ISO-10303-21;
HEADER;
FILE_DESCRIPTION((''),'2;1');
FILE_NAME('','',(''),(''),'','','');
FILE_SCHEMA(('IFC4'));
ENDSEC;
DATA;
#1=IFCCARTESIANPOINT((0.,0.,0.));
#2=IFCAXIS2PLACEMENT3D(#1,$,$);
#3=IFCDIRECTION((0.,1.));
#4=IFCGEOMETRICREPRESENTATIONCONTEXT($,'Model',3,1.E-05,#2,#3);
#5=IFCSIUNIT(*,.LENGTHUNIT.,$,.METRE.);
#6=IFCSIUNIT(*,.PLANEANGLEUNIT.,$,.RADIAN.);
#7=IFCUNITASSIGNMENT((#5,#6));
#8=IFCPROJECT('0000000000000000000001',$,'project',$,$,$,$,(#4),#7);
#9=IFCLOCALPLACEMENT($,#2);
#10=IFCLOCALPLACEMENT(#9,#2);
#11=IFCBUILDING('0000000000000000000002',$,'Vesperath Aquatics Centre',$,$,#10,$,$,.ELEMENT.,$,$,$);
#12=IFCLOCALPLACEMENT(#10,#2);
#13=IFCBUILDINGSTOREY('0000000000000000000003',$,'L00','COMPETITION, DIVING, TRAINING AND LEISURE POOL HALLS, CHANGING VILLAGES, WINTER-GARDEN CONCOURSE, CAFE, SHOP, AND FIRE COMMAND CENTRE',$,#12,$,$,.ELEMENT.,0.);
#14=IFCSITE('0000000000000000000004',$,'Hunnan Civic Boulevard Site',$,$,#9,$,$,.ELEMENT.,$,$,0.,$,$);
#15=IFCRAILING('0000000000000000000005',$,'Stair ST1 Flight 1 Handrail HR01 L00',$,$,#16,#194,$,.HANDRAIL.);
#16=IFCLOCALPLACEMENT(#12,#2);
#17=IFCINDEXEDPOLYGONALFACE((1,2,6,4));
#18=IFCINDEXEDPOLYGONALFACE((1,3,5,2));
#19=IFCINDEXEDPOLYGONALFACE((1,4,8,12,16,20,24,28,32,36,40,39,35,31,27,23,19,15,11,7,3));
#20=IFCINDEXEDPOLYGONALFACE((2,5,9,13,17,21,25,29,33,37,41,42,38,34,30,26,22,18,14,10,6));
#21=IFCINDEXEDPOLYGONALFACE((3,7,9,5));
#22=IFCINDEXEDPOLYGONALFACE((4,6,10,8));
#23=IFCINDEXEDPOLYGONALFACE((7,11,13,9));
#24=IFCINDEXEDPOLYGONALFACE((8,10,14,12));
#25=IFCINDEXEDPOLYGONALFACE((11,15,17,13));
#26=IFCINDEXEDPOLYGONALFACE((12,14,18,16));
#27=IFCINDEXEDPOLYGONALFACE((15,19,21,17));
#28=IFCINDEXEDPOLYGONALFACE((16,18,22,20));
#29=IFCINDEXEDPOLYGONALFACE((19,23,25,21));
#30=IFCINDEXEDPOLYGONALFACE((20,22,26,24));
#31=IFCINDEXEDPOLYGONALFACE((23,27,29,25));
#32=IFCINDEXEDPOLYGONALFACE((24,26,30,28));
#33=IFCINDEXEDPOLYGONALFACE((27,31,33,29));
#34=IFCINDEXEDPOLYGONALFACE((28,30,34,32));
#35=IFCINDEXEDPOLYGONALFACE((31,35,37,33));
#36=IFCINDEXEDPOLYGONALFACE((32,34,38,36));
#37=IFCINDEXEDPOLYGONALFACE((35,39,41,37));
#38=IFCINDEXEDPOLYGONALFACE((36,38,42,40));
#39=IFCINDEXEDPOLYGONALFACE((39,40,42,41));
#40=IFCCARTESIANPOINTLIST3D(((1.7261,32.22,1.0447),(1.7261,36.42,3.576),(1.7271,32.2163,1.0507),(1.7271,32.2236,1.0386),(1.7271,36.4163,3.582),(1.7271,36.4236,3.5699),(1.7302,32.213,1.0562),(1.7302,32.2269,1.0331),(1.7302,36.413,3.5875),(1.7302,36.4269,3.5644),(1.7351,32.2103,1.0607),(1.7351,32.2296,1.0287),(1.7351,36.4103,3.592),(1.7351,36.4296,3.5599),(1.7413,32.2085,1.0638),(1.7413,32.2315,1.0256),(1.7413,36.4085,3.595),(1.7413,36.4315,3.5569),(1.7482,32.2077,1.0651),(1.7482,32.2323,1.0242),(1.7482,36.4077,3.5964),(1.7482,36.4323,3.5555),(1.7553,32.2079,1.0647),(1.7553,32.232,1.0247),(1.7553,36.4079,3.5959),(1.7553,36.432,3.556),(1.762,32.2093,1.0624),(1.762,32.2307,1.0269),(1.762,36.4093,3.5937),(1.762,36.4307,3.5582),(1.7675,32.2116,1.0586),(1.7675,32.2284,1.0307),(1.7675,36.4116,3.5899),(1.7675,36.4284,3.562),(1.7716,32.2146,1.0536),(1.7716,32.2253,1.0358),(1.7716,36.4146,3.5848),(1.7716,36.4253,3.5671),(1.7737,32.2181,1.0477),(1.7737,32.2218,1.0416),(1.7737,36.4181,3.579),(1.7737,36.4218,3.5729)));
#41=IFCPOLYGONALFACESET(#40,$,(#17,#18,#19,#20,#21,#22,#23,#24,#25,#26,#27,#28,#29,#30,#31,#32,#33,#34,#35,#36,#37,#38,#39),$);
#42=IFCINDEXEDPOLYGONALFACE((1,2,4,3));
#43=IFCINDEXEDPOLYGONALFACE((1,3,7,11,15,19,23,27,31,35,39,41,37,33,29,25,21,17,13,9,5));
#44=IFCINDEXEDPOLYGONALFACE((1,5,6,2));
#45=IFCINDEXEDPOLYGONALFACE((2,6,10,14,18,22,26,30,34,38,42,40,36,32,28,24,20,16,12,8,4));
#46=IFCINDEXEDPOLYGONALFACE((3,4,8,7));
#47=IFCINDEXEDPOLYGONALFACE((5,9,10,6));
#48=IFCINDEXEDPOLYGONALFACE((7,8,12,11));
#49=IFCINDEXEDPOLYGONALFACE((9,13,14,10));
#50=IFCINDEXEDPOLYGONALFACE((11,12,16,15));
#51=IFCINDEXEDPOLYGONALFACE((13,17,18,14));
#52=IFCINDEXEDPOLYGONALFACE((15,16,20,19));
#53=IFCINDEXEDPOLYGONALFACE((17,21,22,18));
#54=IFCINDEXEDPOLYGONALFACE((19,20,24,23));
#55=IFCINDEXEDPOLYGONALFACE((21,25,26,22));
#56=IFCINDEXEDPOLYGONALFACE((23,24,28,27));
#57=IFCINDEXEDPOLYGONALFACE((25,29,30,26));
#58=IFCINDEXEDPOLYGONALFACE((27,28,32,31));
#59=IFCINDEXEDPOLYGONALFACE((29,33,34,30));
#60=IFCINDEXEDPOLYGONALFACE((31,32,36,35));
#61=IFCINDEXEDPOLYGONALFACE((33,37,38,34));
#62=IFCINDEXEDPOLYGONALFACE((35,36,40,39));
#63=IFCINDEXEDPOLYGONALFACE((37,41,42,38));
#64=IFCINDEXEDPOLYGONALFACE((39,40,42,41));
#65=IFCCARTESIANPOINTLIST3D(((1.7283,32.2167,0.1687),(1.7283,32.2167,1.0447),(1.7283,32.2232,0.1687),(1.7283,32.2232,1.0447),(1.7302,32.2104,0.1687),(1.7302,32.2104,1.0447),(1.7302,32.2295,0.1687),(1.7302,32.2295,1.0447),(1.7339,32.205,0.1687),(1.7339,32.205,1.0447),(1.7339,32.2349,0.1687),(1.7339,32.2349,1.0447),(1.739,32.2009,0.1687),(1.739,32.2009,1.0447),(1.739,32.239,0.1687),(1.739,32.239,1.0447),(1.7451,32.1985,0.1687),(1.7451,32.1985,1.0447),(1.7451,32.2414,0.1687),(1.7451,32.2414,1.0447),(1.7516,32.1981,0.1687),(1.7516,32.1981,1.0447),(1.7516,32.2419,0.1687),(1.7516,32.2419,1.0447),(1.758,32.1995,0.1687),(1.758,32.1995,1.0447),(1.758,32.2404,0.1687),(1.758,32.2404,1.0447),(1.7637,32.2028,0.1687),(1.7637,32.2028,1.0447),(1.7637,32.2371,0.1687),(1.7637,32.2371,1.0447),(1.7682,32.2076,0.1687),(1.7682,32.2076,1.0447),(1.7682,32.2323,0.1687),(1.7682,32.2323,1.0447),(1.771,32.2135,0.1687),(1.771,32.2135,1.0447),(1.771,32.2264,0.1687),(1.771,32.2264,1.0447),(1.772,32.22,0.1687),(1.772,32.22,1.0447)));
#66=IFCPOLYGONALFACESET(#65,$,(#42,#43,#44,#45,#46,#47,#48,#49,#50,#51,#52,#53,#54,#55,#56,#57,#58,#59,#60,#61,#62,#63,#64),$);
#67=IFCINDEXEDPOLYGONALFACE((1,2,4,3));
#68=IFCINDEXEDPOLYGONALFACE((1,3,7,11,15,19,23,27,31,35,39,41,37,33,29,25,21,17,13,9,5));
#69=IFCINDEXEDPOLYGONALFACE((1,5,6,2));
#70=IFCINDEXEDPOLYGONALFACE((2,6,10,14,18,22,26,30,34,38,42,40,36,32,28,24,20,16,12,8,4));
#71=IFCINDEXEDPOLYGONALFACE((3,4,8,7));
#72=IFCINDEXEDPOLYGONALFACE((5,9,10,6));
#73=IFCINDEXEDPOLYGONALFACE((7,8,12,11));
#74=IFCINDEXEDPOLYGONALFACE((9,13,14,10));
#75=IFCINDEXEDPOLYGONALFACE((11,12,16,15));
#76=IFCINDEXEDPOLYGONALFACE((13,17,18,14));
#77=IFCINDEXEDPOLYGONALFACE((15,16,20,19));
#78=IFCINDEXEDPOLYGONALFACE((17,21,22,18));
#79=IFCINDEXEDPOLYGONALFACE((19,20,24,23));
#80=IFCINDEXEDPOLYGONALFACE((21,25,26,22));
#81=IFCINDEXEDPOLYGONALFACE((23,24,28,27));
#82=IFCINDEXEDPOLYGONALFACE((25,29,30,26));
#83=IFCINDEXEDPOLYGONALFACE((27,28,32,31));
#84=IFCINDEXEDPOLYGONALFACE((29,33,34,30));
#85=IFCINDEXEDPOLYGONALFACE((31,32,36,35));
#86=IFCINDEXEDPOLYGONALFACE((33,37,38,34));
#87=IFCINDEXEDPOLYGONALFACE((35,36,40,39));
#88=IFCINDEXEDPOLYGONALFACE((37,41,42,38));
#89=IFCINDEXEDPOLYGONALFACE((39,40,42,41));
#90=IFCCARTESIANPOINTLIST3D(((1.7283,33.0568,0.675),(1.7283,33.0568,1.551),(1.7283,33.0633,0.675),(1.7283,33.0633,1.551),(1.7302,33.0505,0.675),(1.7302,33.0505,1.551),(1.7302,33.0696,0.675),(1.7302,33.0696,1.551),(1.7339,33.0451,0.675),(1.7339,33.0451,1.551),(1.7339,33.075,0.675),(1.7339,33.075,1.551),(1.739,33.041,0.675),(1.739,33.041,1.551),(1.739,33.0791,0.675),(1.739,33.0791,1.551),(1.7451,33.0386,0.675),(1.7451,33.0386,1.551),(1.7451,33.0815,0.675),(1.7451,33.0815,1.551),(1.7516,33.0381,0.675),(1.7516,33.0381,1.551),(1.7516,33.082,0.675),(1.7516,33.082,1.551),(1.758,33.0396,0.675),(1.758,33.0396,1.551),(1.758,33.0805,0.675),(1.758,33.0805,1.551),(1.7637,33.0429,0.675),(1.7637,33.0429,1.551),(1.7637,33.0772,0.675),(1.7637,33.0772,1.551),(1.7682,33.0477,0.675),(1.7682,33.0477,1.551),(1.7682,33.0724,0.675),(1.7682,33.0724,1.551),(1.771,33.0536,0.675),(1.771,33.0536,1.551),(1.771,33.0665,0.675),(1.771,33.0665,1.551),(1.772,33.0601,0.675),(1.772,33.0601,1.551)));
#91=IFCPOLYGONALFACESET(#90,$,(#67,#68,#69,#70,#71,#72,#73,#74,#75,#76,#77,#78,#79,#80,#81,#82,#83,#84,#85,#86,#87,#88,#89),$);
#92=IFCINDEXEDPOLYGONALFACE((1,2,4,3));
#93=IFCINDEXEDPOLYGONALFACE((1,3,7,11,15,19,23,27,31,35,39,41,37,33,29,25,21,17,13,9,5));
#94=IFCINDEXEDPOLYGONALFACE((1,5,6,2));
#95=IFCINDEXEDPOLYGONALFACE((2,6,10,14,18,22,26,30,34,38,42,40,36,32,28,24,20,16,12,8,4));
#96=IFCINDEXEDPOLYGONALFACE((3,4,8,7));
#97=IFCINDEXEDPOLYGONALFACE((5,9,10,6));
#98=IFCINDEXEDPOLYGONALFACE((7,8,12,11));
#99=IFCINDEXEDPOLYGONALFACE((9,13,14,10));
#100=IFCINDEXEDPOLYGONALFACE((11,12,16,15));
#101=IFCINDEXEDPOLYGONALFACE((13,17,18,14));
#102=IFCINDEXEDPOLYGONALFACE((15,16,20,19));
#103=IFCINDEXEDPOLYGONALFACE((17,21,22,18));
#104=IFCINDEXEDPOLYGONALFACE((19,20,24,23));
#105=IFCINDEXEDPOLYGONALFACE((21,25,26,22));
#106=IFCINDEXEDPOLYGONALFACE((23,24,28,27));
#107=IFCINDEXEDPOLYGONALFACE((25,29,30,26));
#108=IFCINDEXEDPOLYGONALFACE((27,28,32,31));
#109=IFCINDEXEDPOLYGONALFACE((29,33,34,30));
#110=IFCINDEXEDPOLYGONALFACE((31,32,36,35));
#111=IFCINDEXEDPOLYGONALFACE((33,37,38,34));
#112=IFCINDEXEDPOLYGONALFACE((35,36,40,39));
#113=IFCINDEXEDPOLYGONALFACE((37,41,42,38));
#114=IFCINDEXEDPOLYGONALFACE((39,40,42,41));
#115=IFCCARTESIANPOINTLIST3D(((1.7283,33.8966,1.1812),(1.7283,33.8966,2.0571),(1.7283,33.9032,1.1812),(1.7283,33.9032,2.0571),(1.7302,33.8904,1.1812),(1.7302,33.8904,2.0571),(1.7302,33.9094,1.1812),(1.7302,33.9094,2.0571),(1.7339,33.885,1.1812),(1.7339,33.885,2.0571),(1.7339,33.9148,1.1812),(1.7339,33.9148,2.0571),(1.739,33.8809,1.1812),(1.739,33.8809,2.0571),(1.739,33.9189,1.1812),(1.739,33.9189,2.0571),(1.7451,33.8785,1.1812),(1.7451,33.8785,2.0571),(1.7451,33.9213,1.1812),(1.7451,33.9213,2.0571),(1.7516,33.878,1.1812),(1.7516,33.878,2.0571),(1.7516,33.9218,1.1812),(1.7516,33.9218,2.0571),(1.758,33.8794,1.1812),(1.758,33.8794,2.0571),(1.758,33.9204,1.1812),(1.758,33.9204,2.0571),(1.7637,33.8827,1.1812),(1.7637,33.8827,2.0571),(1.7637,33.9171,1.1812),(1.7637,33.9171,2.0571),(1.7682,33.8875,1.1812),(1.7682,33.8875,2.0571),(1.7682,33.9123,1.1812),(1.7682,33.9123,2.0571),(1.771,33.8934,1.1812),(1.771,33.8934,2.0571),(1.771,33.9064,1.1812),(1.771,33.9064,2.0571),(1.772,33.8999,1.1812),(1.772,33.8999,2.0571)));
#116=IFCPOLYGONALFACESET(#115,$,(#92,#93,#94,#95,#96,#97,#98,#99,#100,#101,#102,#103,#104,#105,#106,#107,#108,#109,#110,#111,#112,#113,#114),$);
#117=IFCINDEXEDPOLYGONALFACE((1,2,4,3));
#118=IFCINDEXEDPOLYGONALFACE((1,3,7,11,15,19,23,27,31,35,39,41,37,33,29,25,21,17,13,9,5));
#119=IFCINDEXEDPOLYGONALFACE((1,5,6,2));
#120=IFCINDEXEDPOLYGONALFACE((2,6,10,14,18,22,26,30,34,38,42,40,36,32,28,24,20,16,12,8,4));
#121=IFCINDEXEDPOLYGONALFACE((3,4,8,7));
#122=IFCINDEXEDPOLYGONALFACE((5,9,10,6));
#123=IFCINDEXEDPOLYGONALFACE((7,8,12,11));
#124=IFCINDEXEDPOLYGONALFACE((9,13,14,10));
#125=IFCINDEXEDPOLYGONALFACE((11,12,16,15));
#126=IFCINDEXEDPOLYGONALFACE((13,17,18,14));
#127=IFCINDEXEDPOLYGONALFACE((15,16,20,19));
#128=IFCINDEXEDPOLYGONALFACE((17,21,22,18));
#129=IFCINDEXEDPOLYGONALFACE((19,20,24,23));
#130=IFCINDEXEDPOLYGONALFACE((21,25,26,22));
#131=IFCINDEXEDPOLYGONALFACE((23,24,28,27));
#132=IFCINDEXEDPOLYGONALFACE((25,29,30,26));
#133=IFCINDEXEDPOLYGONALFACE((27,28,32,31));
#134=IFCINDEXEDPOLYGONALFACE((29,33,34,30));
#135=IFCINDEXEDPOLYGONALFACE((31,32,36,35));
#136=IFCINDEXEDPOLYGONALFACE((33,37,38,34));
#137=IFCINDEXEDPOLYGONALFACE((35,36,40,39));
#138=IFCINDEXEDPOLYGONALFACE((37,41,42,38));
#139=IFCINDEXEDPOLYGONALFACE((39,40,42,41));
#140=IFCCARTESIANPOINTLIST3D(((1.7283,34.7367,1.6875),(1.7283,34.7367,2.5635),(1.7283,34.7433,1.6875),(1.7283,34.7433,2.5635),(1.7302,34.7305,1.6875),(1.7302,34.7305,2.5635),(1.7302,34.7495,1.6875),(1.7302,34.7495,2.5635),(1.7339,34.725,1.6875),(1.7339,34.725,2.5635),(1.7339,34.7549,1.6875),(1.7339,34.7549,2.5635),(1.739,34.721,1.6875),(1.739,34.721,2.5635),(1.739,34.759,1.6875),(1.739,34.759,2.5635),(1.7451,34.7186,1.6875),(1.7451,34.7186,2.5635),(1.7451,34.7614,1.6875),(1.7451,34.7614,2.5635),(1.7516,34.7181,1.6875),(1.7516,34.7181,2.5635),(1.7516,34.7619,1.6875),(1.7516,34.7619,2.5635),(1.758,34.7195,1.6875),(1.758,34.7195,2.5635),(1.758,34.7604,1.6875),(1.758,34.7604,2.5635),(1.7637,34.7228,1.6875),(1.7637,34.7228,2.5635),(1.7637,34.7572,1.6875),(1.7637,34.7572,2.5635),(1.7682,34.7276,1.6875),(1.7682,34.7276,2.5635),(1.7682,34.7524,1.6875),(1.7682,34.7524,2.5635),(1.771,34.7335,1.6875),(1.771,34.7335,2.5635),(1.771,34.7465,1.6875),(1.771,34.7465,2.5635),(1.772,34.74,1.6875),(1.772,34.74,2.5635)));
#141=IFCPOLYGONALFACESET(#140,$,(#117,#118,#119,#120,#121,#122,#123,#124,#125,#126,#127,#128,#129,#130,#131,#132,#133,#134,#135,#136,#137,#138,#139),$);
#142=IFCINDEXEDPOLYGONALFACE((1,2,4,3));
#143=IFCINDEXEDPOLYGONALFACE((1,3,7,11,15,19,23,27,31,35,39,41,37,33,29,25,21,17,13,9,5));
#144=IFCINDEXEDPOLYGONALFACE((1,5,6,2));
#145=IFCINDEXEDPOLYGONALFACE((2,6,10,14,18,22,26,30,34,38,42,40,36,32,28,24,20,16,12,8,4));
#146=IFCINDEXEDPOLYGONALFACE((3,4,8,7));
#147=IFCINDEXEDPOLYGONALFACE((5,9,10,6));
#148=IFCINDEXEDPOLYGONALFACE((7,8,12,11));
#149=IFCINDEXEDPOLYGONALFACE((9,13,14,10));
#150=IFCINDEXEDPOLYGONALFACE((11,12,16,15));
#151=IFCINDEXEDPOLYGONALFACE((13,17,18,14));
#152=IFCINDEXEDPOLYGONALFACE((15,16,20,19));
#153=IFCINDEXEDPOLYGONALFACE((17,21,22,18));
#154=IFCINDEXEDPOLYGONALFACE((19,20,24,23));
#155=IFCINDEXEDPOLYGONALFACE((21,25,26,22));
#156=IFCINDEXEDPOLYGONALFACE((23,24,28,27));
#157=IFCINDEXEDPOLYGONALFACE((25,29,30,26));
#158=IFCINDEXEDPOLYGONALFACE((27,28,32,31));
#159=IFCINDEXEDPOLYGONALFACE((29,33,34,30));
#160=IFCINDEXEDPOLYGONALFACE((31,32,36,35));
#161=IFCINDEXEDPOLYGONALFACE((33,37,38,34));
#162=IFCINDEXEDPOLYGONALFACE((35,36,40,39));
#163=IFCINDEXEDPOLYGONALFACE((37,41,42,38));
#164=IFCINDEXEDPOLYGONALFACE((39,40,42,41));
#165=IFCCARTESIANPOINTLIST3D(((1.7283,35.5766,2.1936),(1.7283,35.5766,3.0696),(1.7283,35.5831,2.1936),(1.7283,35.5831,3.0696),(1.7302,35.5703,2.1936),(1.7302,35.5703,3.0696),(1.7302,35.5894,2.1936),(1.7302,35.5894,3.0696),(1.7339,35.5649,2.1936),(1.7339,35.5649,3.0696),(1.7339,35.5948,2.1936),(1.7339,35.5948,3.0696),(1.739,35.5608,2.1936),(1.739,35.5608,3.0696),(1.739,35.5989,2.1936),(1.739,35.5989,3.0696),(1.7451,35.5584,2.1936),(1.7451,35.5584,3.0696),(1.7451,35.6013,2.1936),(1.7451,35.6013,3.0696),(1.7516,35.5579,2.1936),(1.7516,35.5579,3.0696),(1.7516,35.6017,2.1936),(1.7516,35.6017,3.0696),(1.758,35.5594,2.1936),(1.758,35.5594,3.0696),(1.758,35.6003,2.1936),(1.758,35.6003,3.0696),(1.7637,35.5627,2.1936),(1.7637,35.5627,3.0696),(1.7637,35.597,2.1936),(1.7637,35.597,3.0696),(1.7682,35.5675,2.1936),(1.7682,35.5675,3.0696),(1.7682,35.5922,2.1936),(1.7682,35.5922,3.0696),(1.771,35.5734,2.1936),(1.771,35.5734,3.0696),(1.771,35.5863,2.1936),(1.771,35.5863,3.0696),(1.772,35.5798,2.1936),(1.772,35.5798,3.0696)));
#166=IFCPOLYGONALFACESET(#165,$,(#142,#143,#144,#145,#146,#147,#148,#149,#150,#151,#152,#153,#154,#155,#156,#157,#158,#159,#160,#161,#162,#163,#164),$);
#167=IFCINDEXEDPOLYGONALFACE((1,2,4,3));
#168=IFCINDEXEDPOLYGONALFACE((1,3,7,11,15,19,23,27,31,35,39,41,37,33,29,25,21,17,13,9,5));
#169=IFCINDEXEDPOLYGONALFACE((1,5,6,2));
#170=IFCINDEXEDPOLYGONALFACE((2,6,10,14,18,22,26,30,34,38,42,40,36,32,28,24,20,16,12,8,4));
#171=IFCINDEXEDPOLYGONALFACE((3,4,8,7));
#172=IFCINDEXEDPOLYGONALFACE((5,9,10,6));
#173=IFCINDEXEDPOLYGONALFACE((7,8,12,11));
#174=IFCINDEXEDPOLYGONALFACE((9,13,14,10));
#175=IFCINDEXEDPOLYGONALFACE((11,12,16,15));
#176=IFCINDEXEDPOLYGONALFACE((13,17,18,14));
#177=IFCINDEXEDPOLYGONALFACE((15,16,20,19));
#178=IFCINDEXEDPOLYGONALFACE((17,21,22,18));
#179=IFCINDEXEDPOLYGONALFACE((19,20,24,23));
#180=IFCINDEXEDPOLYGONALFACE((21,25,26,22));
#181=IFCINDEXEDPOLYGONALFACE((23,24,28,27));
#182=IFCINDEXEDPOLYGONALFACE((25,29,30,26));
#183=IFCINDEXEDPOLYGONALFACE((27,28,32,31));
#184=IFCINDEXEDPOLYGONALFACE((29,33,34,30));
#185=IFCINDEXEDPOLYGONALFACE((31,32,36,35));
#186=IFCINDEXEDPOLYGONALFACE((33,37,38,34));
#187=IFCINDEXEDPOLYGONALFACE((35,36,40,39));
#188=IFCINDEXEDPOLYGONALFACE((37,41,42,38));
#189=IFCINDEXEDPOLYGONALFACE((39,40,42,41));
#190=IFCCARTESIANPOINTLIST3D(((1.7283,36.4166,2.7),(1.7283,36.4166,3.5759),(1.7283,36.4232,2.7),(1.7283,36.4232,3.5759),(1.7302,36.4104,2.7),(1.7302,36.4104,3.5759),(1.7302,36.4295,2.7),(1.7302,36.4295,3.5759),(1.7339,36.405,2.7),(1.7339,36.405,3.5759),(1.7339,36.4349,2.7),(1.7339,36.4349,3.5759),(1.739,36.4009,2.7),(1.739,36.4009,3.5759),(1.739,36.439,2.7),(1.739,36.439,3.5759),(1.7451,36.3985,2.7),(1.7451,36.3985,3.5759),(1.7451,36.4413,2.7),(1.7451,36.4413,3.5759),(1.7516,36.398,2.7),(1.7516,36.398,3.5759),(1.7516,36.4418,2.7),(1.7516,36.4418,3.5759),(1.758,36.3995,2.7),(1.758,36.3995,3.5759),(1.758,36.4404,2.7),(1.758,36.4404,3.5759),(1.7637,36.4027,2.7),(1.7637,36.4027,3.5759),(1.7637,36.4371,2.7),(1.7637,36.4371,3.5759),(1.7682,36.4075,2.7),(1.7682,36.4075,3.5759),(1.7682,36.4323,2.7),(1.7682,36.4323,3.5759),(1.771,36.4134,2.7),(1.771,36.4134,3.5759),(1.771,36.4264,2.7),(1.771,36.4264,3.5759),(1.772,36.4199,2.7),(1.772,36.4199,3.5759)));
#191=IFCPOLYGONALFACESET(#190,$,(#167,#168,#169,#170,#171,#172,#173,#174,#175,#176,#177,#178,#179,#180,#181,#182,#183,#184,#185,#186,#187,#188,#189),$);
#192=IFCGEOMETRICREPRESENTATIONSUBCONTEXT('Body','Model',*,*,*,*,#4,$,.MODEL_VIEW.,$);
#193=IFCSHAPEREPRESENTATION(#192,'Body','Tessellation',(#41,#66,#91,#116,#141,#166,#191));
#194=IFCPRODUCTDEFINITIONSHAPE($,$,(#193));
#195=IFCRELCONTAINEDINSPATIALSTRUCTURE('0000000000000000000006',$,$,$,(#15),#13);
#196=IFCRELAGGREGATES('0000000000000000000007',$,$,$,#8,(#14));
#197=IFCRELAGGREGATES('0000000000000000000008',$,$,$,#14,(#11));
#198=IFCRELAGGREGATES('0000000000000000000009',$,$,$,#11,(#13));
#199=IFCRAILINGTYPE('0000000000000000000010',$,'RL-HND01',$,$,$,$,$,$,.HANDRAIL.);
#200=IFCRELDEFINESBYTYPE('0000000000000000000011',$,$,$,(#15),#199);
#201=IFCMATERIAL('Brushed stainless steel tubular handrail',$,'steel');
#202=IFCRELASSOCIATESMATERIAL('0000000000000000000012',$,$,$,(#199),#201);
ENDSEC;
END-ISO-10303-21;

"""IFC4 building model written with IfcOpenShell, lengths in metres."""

from ifc_helpers import new_model, si_unit, direction, frame, origin, origin_2d, place, context, subcontext, project, spatial, circle, extrude, material, type_object, element, save


model = new_model("IFC4")

# Units and contexts
model_context = context("Model", 3, precision=1e-05, world=origin(), true_north=direction((0.0, 1.0)))
body_context = subcontext(model_context, "Body", "Model", "MODEL_VIEW")
ifc_project = project(units=[si_unit("LENGTHUNIT", "METRE"), si_unit("PLANEANGLEUNIT", "RADIAN")], contexts=[model_context])

# Site, building, storey
site_placement = place(None, origin())
site = spatial("IfcSite", under=ifc_project, at=site_placement, Name="Hunnan Civic Boulevard Site", CompositionType="ELEMENT", RefElevation=0.0)
building_placement = place(site_placement, origin())
building = spatial("IfcBuilding", under=site, at=building_placement, Name="Vesperath Aquatics Centre", CompositionType="ELEMENT")
storey_placement = place(building_placement, origin())
storey = spatial("IfcBuildingStorey", under=building, at=storey_placement, Name="L00", Description="COMPETITION, DIVING, TRAINING AND LEISURE POOL HALLS, CHANGING VILLAGES, WINTER-GARDEN CONCOURSE, CAFE, SHOP, AND FIRE COMMAND CENTRE", CompositionType="ELEMENT", Elevation=0.0)

# Railing
ifc_material_1 = material(Name="Brushed stainless steel tubular handrail", Category="steel")
railing_type_1 = type_object("IfcRailingType", Name="RL-HND01", PredefinedType="HANDRAIL", material=ifc_material_1)
railing_1_placement = place(storey_placement, frame((1.75, 32.22, 0.1687)))
element("IfcRailing", 1, at=railing_1_placement, inside=storey, type_object=railing_type_1, Name="Stair ST1 Flight 1 Handrail HR01 L00", PredefinedType="HANDRAIL", context=body_context, shape_type="SweptSolid", body=[
    extrude(circle(Radius=0.0239, at=origin_2d()), frame((0.0, 0.0, 0.876), z_axis=(0.0, 0.856476, 0.516186), x_axis=(-1.0, 0.0, 0.0)), (0.0, 0.0, 1.0), 4.9038),
    extrude(circle(Radius=0.022, at=origin_2d()), origin(), (0.0, 0.0, 1.0), 0.876),
    extrude(circle(Radius=0.022, at=origin_2d()), frame((0.0, 0.8401, 0.5063)), (0.0, 0.0, 1.0), 0.876),
    extrude(circle(Radius=0.022, at=origin_2d()), frame((0.0, 1.6799, 1.0125)), (0.0, 0.0, 1.0), 0.876),
    extrude(circle(Radius=0.022, at=origin_2d()), frame((0.0, 2.52, 1.5188)), (0.0, 0.0, 1.0), 0.876),
    extrude(circle(Radius=0.022, at=origin_2d()), frame((0.0, 3.3599, 2.0249)), (0.0, 0.0, 1.0), 0.876),
    extrude(circle(Radius=0.022, at=origin_2d()), frame((0.0, 4.2, 2.5312)), (0.0, 0.0, 1.0), 0.876),
])

save(model, "model.ifc")
